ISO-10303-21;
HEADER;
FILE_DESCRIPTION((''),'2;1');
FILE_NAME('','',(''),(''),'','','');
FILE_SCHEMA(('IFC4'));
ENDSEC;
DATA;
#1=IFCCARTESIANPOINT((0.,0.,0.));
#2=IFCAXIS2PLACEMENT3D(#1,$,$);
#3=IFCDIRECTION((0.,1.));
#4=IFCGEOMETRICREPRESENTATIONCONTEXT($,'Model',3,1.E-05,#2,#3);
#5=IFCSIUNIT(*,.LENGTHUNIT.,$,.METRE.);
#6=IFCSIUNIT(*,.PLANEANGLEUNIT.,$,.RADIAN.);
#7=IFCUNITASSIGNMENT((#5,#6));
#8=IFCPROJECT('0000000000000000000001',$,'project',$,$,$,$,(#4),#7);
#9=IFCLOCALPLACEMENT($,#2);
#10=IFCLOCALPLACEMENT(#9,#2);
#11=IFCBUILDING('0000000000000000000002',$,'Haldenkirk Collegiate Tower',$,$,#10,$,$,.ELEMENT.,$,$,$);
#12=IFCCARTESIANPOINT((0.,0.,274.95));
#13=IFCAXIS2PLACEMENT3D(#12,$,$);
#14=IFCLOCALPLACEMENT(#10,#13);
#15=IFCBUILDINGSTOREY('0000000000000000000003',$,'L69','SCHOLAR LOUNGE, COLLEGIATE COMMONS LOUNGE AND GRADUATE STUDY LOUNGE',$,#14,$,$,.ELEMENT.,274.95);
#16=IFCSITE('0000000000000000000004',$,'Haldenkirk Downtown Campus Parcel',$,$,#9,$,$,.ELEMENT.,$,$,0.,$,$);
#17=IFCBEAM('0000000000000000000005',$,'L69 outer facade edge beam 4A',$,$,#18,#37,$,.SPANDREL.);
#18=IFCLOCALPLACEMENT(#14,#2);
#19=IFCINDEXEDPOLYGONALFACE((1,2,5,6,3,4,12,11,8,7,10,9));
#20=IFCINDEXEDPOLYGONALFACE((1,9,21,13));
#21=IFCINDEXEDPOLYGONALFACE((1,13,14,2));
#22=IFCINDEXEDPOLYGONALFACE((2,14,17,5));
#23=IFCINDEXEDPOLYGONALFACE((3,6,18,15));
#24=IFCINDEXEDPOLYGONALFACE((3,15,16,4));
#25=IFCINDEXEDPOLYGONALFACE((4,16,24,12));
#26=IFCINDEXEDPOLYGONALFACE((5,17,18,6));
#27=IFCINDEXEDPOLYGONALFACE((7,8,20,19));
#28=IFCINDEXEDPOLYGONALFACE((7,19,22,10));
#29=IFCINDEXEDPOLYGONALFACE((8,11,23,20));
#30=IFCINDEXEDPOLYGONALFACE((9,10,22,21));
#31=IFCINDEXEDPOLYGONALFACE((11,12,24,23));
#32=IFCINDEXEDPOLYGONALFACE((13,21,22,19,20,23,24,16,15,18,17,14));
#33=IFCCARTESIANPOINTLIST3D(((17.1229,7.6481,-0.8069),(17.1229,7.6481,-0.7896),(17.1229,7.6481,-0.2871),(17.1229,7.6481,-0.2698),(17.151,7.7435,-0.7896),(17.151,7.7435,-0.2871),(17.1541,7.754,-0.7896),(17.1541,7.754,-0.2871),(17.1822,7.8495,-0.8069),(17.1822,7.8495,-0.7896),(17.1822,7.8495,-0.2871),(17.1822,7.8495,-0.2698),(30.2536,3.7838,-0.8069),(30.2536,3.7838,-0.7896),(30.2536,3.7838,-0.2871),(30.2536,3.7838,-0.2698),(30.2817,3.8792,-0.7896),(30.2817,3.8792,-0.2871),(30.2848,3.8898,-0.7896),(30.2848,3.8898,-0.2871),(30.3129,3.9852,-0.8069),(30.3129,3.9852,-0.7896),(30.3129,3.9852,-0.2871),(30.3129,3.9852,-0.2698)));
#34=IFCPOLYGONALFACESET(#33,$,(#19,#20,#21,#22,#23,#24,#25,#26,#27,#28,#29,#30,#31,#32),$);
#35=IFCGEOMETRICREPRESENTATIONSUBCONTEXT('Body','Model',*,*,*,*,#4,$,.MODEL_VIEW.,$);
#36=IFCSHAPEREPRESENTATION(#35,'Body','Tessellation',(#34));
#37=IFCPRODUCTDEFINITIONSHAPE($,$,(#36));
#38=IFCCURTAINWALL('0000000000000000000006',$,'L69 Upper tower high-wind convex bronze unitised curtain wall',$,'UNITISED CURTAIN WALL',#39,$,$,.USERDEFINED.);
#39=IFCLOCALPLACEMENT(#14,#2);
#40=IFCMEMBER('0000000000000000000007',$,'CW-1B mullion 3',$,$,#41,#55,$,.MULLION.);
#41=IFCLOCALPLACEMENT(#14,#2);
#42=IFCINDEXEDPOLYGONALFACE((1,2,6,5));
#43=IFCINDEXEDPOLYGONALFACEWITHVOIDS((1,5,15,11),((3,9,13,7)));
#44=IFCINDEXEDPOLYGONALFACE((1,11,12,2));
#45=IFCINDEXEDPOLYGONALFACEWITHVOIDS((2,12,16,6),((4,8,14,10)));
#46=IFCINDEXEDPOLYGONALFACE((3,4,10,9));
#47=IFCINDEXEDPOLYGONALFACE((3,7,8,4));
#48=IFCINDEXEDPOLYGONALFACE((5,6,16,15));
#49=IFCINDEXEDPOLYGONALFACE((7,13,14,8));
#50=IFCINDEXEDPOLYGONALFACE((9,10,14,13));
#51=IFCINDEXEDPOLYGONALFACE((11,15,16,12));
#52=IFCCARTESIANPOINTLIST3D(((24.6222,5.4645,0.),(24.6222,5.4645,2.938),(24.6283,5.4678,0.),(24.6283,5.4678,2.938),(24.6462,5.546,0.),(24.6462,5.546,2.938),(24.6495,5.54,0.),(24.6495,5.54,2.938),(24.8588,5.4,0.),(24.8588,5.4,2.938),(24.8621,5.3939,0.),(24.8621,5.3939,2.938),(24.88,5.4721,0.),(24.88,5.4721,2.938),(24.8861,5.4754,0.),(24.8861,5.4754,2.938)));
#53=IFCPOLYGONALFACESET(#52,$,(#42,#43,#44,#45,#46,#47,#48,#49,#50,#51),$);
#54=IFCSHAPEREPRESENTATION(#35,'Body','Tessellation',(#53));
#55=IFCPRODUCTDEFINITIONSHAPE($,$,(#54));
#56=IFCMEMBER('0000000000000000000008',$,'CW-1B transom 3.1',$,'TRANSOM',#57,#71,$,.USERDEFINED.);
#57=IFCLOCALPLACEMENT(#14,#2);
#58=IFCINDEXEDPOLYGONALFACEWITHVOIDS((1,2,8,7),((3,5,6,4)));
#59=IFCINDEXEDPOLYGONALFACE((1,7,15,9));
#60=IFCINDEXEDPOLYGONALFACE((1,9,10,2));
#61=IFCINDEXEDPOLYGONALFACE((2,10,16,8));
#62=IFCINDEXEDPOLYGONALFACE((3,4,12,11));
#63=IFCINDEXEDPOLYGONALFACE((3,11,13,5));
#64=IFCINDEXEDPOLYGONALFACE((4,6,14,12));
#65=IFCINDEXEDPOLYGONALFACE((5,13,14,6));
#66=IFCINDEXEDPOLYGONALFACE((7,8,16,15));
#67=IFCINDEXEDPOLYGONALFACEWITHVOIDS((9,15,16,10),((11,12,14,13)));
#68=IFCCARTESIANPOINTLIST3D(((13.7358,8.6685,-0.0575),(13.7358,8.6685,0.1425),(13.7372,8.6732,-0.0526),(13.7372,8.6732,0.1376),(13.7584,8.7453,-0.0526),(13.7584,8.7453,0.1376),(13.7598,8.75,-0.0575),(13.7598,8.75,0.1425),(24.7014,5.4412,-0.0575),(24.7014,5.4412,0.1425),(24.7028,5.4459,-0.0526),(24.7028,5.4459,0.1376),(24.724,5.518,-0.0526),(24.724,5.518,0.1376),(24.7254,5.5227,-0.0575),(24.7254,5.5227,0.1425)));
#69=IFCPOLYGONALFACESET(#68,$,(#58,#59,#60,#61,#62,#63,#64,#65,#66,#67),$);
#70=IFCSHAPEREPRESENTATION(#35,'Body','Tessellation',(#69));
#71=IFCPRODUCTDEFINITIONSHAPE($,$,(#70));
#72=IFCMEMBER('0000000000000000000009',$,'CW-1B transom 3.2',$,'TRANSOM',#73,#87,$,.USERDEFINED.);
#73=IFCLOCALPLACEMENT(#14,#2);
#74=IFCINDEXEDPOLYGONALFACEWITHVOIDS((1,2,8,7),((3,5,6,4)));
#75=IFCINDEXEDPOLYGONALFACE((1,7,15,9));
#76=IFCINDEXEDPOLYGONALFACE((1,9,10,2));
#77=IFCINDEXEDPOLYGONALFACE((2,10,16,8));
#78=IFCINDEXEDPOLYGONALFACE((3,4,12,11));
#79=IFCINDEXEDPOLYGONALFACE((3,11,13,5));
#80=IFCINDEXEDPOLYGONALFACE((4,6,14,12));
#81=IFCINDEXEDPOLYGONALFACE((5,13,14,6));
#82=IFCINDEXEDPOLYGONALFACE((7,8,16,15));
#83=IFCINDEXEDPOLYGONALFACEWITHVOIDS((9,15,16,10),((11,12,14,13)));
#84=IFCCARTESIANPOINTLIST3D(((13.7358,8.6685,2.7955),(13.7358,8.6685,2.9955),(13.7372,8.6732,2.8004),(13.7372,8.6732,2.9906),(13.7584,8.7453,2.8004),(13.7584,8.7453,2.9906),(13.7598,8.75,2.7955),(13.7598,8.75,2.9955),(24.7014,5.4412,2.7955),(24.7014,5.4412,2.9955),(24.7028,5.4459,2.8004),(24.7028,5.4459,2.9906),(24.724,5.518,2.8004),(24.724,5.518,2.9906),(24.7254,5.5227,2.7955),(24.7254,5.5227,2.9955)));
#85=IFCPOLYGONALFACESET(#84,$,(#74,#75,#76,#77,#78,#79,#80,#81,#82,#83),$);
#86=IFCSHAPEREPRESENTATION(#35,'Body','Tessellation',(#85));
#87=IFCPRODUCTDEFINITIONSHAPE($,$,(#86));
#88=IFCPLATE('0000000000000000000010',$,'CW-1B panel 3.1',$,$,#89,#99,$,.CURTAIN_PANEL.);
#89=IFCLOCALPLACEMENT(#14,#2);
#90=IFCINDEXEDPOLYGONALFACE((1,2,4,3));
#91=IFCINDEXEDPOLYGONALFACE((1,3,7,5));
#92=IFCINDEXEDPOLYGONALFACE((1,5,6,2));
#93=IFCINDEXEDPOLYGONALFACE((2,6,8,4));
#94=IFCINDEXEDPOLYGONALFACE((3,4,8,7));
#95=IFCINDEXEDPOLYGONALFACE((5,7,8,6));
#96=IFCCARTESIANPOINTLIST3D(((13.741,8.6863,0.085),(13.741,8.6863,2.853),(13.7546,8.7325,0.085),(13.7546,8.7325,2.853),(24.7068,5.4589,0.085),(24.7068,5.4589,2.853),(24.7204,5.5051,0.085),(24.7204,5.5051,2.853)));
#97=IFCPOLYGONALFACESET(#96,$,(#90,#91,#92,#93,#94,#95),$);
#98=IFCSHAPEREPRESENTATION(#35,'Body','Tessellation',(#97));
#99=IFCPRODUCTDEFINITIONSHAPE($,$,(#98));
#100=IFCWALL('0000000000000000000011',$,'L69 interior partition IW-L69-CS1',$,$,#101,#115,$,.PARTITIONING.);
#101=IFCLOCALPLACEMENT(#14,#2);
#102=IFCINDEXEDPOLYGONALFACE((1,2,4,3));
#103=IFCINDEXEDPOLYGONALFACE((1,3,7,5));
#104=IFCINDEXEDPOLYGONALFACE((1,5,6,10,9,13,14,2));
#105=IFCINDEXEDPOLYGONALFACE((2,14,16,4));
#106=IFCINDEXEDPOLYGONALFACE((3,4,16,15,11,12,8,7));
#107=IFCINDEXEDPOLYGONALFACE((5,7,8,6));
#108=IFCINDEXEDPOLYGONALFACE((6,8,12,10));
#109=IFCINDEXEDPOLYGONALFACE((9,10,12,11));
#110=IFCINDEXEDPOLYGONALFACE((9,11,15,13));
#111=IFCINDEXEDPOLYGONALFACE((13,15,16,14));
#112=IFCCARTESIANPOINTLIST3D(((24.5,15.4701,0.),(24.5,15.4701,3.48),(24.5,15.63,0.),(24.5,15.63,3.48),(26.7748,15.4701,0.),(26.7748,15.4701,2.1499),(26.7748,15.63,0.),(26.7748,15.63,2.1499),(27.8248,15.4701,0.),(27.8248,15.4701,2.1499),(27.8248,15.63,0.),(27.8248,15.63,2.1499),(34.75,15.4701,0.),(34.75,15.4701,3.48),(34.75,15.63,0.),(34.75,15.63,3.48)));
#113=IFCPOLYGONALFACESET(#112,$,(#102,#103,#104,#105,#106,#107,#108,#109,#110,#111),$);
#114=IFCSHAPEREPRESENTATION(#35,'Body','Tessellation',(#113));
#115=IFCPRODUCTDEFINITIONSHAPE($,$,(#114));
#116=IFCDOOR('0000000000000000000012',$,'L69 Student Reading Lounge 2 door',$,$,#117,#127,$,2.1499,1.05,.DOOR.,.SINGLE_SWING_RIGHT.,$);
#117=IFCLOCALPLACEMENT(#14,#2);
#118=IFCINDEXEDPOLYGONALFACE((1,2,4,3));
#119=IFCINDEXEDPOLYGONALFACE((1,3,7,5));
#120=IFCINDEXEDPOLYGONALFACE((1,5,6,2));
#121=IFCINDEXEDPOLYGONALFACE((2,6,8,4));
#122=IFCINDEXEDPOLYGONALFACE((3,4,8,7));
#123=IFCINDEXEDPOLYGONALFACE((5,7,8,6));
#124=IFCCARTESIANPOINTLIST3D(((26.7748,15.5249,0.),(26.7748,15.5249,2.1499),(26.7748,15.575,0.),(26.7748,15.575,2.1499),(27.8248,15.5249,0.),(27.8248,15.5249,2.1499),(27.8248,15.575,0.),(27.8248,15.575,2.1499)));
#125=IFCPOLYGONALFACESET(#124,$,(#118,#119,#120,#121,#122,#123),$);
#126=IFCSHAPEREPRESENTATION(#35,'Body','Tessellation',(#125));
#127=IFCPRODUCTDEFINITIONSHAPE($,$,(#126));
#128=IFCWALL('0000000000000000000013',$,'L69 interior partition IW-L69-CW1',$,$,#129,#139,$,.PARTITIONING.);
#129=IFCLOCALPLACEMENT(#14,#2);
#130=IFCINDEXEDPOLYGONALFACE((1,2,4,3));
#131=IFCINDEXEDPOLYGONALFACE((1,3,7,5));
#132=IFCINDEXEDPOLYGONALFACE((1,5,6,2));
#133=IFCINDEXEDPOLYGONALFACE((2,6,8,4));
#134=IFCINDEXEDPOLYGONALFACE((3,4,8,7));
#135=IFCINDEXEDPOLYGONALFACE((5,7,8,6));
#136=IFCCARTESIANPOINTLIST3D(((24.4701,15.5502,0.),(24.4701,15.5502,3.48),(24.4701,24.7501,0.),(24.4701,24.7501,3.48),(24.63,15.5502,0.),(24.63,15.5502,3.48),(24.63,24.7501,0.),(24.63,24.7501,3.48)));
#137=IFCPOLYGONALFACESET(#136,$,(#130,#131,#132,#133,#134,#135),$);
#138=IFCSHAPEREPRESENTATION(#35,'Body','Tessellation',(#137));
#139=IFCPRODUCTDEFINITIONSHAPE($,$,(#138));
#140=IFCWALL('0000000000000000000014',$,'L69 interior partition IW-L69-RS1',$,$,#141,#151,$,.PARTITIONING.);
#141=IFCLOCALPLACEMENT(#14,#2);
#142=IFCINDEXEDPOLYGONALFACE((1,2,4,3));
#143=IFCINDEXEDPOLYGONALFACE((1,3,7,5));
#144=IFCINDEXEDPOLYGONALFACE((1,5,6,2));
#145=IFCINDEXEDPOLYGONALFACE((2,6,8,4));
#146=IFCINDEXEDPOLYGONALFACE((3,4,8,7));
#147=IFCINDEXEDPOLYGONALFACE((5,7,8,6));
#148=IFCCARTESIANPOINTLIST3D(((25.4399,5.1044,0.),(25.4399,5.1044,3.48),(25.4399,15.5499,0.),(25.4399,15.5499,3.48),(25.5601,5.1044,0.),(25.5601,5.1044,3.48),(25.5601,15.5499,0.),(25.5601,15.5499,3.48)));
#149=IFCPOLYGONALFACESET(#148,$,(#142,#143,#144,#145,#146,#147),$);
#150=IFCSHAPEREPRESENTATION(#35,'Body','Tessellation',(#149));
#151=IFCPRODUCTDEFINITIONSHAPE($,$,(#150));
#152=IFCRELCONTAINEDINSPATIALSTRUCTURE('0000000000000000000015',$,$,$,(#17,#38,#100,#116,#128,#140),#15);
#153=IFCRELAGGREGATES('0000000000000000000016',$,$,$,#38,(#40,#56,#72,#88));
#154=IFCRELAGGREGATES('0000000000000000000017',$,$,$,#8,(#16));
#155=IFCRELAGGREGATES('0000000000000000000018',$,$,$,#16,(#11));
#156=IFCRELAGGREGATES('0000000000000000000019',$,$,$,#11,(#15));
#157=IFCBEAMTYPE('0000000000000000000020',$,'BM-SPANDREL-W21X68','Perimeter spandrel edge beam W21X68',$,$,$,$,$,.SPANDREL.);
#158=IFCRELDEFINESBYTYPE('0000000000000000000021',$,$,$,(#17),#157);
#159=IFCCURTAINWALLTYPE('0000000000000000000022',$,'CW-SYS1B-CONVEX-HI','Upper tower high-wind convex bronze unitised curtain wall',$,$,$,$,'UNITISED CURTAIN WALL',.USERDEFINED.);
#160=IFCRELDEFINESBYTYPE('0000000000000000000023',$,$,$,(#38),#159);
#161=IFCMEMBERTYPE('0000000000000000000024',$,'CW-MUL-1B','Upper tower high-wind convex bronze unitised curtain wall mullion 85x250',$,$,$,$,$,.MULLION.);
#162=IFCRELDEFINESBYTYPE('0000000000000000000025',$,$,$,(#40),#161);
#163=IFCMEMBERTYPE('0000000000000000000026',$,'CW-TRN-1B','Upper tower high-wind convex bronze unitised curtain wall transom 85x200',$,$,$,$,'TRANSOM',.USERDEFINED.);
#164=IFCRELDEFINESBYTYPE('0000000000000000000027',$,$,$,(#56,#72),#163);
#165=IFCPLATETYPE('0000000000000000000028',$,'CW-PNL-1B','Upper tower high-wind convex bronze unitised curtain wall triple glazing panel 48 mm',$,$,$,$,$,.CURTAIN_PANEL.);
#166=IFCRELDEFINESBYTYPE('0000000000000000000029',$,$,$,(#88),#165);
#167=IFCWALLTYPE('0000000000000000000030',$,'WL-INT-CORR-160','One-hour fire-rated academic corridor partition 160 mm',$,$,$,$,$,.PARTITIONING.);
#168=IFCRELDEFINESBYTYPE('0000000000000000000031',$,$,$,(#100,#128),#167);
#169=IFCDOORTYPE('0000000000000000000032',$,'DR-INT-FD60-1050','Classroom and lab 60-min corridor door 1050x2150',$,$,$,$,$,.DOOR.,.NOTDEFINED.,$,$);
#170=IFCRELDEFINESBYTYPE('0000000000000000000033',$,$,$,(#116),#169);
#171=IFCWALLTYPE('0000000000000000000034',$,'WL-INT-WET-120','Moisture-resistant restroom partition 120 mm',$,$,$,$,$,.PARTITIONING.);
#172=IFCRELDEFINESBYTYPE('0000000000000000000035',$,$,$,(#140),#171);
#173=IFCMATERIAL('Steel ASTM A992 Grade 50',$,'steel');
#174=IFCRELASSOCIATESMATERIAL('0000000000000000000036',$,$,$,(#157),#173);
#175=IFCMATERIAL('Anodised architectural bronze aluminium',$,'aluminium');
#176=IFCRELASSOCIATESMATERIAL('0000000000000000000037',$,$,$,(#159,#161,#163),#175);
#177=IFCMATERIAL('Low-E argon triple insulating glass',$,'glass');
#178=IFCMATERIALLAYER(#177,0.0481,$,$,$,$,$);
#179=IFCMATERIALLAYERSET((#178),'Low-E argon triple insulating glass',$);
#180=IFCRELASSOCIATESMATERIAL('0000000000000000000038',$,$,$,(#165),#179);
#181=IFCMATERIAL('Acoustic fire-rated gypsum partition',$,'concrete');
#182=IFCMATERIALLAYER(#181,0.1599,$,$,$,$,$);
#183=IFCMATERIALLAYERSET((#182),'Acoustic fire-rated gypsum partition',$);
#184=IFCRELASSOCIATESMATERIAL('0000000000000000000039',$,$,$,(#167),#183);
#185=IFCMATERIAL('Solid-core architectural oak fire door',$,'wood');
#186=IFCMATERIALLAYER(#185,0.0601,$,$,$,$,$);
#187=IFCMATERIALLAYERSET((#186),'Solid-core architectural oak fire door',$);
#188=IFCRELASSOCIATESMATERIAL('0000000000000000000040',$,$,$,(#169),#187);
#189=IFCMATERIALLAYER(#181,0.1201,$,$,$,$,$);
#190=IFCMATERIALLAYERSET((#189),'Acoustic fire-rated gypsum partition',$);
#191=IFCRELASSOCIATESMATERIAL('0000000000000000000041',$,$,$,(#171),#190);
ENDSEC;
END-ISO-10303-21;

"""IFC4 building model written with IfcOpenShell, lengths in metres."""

from ifc_helpers import new_model, si_unit, direction, frame, frame_2d, origin, origin_2d, place, context, subcontext, project, spatial, rectangle, hollow_rectangle, i_section, extrude, source, transform, mapped, material, layer, layer_set, material_profile, profile_set, type_object, element, fill, aggregate, save


model = new_model("IFC4")

# Units and contexts
model_context = context("Model", 3, precision=1e-05, world=origin(), true_north=direction((0.0, 1.0)))
body_context = subcontext(model_context, "Body", "Model", "MODEL_VIEW")
ifc_project = project(units=[si_unit("LENGTHUNIT", "METRE"), si_unit("PLANEANGLEUNIT", "RADIAN")], contexts=[model_context])

# Site, building, storey
site_placement = place(None, origin())
site = spatial("IfcSite", under=ifc_project, at=site_placement, Name="Haldenkirk Downtown Campus Parcel", CompositionType="ELEMENT", RefElevation=0.0)
building_placement = place(site_placement, origin())
building = spatial("IfcBuilding", under=site, at=building_placement, Name="Haldenkirk Collegiate Tower", CompositionType="ELEMENT")
storey_placement = place(building_placement, frame((0.0, 0.0, 274.95)))
storey = spatial("IfcBuildingStorey", under=building, at=storey_placement, Name="L69", Description="SCHOLAR LOUNGE, COLLEGIATE COMMONS LOUNGE AND GRADUATE STUDY LOUNGE", CompositionType="ELEMENT", Elevation=274.95)

# Beam
ifc_material_1 = material(Name="Steel ASTM A992 Grade 50", Category="steel")
ifc_material_profile_1 = material_profile(ifc_material_1, i_section(OverallWidth=0.21, OverallDepth=0.5371, WebThickness=0.011, FlangeThickness=0.0173, at=origin_2d()), Name="W21X68")
ifc_profile_set_1 = profile_set([ifc_material_profile_1], Name="Steel ASTM A992 Grade 50")
beam_type_1 = type_object("IfcBeamType", Name="BM-SPANDREL-W21X68", Description="Perimeter spandrel edge beam W21X68", PredefinedType="SPANDREL", material=ifc_profile_set_1)
beam_1_placement = place(storey_placement, frame((17.1526, 7.7488, -0.5383), z_axis=(0.95932, -0.282322, 0.0), x_axis=(0.282322, 0.95932, 0.0)))
element("IfcBeam", 1, at=beam_1_placement, inside=storey, type_object=beam_type_1, Name="L69 outer facade edge beam 4A", PredefinedType="SPANDREL", context=body_context, shape_type="SweptSolid", body=[
    extrude(i_section(OverallWidth=0.21, OverallDepth=0.5371, WebThickness=0.011, FlangeThickness=0.0173, at=origin_2d()), origin(), (0.0, 0.0, 1.0), 13.6875),
])

# Curtain wall, members, plate
ifc_material_2 = material(Name="Anodised architectural bronze aluminium", Category="aluminium")
curtain_wall_type = type_object("IfcCurtainWallType", Name="CW-SYS1B-CONVEX-HI", Description="Upper tower high-wind convex bronze unitised curtain wall", ElementType="UNITISED CURTAIN WALL", PredefinedType="USERDEFINED", material=ifc_material_2)
curtain_wall_placement = place(storey_placement, origin())
curtain_wall = element("IfcCurtainWall", 2, at=curtain_wall_placement, inside=storey, type_object=curtain_wall_type, Name="L69 Upper tower high-wind convex bronze unitised curtain wall", ObjectType="UNITISED CURTAIN WALL", PredefinedType="USERDEFINED")
ifc_material_profile_2 = material_profile(ifc_material_2, hollow_rectangle(XDim=0.085, YDim=0.25, WallThickness=0.0049, at=origin_2d()), Name="CW-MUL-1B")
ifc_profile_set_2 = profile_set([ifc_material_profile_2], Name="Anodised architectural bronze aluminium")
member_type_1 = type_object("IfcMemberType", Name="CW-MUL-1B", Description="Upper tower high-wind convex bronze unitised curtain wall mullion 85x250", PredefinedType="MULLION", material=ifc_profile_set_2)
member_1_placement = place(storey_placement, frame((24.7542, 5.47, 0.0), z_axis=(0.0, 0.0, 1.0), x_axis=(-0.282342, -0.959314, 0.0)))
member_1 = element("IfcMember", 3, at=member_1_placement, type_object=member_type_1, Name="CW-1B mullion 3", PredefinedType="MULLION", context=body_context, shape_type="SweptSolid", body=[
    extrude(hollow_rectangle(XDim=0.085, YDim=0.25, WallThickness=0.0049, at=origin_2d()), origin(), (0.0, 0.0, 1.0), 2.938),
])
ifc_material_profile_3 = material_profile(ifc_material_2, hollow_rectangle(XDim=0.085, YDim=0.2, WallThickness=0.0049, at=origin_2d()), Name="CW-TRN-1B")
ifc_profile_set_3 = profile_set([ifc_material_profile_3], Name="Anodised architectural bronze aluminium")
member_type_2 = type_object("IfcMemberType", Name="CW-TRN-1B", Description="Upper tower high-wind convex bronze unitised curtain wall transom 85x200", ElementType="TRANSOM", PredefinedType="USERDEFINED", material=ifc_profile_set_3)
member_2_placement = place(storey_placement, frame((24.7134, 5.4819, 0.0425), z_axis=(-0.959315, 0.282337, 0.0), x_axis=(-0.282337, -0.959315, 0.0)))
member_2 = element("IfcMember", 4, at=member_2_placement, type_object=member_type_2, Name="CW-1B transom 3.1", ObjectType="TRANSOM", PredefinedType="USERDEFINED", context=body_context, shape_type="SweptSolid", body=[
    extrude(hollow_rectangle(XDim=0.085, YDim=0.2, WallThickness=0.0049, at=origin_2d()), origin(), (0.0, 0.0, 1.0), 11.4307),
])
member_3_placement = place(storey_placement, frame((24.7134, 5.4819, 2.8955), z_axis=(-0.959315, 0.282337, 0.0), x_axis=(-0.282337, -0.959315, 0.0)))
member_3 = element("IfcMember", 5, at=member_3_placement, type_object=member_type_2, Name="CW-1B transom 3.2", ObjectType="TRANSOM", PredefinedType="USERDEFINED", context=body_context, shape_type="SweptSolid", body=[
    extrude(hollow_rectangle(XDim=0.085, YDim=0.2, WallThickness=0.0049, at=origin_2d()), origin(), (0.0, 0.0, 1.0), 11.4307),
])
ifc_material_3 = material(Name="Low-E argon triple insulating glass", Category="glass")
ifc_layer_1 = layer(ifc_material_3, 0.0481)
ifc_layer_set_1 = layer_set([ifc_layer_1], Name="Low-E argon triple insulating glass")
plate_type = type_object("IfcPlateType", Name="CW-PNL-1B", Description="Upper tower high-wind convex bronze unitised curtain wall triple glazing panel 48 mm", PredefinedType="CURTAIN_PANEL", material=ifc_layer_set_1)
shared_shape = source(origin(), body_context, "Body", "SweptSolid", [
    extrude(rectangle(XDim=11.4309, YDim=0.0481, at=origin_2d()), origin(), (0.0, 0.0, 1.0), 2.7681),
])
plate_placement = place(storey_placement, frame((19.2307, 7.0957, 0.085), z_axis=(0.0, 0.0, 1.0), x_axis=(-0.959314, 0.282342, 0.0)))
plate = element("IfcPlate", 6, at=plate_placement, type_object=plate_type, Name="CW-1B panel 3.1", PredefinedType="CURTAIN_PANEL", context=body_context, shape_type="MappedRepresentation", body=[
    mapped(shared_shape, transform((0.0, 0.0, 0.0), x_axis=(1.0, 0.0, 0.0), y_axis=(0.0, 1.0, 0.0), z_axis=(0.0, 0.0, 1.0), scale=1.0)),
])
aggregate(curtain_wall, [member_1, member_2, member_3, plate])

# Wall, opening, door
ifc_material_4 = material(Name="Acoustic fire-rated gypsum partition", Category="concrete")
ifc_layer_2 = layer(ifc_material_4, 0.1599)
ifc_layer_set_2 = layer_set([ifc_layer_2], Name="Acoustic fire-rated gypsum partition")
wall_type_1 = type_object("IfcWallType", Name="WL-INT-CORR-160", Description="One-hour fire-rated academic corridor partition 160 mm", PredefinedType="PARTITIONING", material=ifc_layer_set_2)
wall_1_placement = place(storey_placement, frame((24.5, 15.55, 0.0), z_axis=(0.0, 0.0, 1.0), x_axis=(1.0, 0.0, 0.0)))
wall_1 = element("IfcWall", 7, at=wall_1_placement, inside=storey, type_object=wall_type_1, Name="L69 interior partition IW-L69-CS1", PredefinedType="PARTITIONING", context=body_context, shape_type="SweptSolid", body=[
    extrude(rectangle(XDim=10.25, YDim=0.1599, at=frame_2d((5.125, 0.0))), origin(), (0.0, 0.0, 1.0), 3.48),
])
opening_placement = place(wall_1_placement, frame((2.2749, 0.0, 0.0)))
opening = element("IfcOpeningElement", 8, at=opening_placement, cuts=wall_1, PredefinedType="OPENING", context=body_context, shape_type="SweptSolid", body=[
    extrude(rectangle(XDim=1.05, YDim=2.1499, at=frame_2d((0.5249, 1.075))), frame((0.0, 0.0898, 0.0), z_axis=(0.0, -1.0, 0.0), x_axis=(1.0, 0.0, 0.0)), (0.0, 0.0, 1.0), 0.1799),
])
ifc_material_5 = material(Name="Solid-core architectural oak fire door", Category="wood")
ifc_layer_3 = layer(ifc_material_5, 0.0601)
ifc_layer_set_3 = layer_set([ifc_layer_3], Name="Solid-core architectural oak fire door")
door_type = type_object("IfcDoorType", Name="DR-INT-FD60-1050", Description="Classroom and lab 60-min corridor door 1050x2150", OperationType="NOTDEFINED", PredefinedType="DOOR", material=ifc_layer_set_3)
door_placement = place(opening_placement, origin())
door = element("IfcDoor", 9, at=door_placement, inside=storey, type_object=door_type, Name="L69 Student Reading Lounge 2 door", OperationType="SINGLE_SWING_RIGHT", OverallHeight=2.1499, OverallWidth=1.05, PredefinedType="DOOR", context=body_context, shape_type="SweptSolid", body=[
    extrude(rectangle(XDim=1.05, YDim=2.1499, at=frame_2d((0.5249, 1.075))), frame((0.0, 0.0249, 0.0), z_axis=(0.0, -1.0, 0.0), x_axis=(1.0, 0.0, 0.0)), (0.0, 0.0, 1.0), 0.05),
])
fill(opening, door)

# Walls
wall_2_placement = place(storey_placement, frame((24.55, 15.55, 0.0), z_axis=(0.0, 0.0, 1.0), x_axis=(0.0, 1.0, 0.0)))
element("IfcWall", 10, at=wall_2_placement, inside=storey, type_object=wall_type_1, Name="L69 interior partition IW-L69-CW1", PredefinedType="PARTITIONING", context=body_context, shape_type="SweptSolid", body=[
    extrude(rectangle(XDim=9.2, YDim=0.1599, at=frame_2d((4.6001, 0.0))), origin(), (0.0, 0.0, 1.0), 3.48),
])
ifc_layer_4 = layer(ifc_material_4, 0.1201)
ifc_layer_set_4 = layer_set([ifc_layer_4], Name="Acoustic fire-rated gypsum partition")
wall_type_2 = type_object("IfcWallType", Name="WL-INT-WET-120", Description="Moisture-resistant restroom partition 120 mm", PredefinedType="PARTITIONING", material=ifc_layer_set_4)
wall_3_placement = place(storey_placement, frame((25.5, 5.1045, 0.0), z_axis=(0.0, 0.0, 1.0), x_axis=(0.0, 1.0, 0.0)))
element("IfcWall", 11, at=wall_3_placement, inside=storey, type_object=wall_type_2, Name="L69 interior partition IW-L69-RS1", PredefinedType="PARTITIONING", context=body_context, shape_type="SweptSolid", body=[
    extrude(rectangle(XDim=10.4456, YDim=0.1201, at=frame_2d((5.2227, 0.0))), origin(), (0.0, 0.0, 1.0), 3.48),
])

save(model, "model.ifc")
